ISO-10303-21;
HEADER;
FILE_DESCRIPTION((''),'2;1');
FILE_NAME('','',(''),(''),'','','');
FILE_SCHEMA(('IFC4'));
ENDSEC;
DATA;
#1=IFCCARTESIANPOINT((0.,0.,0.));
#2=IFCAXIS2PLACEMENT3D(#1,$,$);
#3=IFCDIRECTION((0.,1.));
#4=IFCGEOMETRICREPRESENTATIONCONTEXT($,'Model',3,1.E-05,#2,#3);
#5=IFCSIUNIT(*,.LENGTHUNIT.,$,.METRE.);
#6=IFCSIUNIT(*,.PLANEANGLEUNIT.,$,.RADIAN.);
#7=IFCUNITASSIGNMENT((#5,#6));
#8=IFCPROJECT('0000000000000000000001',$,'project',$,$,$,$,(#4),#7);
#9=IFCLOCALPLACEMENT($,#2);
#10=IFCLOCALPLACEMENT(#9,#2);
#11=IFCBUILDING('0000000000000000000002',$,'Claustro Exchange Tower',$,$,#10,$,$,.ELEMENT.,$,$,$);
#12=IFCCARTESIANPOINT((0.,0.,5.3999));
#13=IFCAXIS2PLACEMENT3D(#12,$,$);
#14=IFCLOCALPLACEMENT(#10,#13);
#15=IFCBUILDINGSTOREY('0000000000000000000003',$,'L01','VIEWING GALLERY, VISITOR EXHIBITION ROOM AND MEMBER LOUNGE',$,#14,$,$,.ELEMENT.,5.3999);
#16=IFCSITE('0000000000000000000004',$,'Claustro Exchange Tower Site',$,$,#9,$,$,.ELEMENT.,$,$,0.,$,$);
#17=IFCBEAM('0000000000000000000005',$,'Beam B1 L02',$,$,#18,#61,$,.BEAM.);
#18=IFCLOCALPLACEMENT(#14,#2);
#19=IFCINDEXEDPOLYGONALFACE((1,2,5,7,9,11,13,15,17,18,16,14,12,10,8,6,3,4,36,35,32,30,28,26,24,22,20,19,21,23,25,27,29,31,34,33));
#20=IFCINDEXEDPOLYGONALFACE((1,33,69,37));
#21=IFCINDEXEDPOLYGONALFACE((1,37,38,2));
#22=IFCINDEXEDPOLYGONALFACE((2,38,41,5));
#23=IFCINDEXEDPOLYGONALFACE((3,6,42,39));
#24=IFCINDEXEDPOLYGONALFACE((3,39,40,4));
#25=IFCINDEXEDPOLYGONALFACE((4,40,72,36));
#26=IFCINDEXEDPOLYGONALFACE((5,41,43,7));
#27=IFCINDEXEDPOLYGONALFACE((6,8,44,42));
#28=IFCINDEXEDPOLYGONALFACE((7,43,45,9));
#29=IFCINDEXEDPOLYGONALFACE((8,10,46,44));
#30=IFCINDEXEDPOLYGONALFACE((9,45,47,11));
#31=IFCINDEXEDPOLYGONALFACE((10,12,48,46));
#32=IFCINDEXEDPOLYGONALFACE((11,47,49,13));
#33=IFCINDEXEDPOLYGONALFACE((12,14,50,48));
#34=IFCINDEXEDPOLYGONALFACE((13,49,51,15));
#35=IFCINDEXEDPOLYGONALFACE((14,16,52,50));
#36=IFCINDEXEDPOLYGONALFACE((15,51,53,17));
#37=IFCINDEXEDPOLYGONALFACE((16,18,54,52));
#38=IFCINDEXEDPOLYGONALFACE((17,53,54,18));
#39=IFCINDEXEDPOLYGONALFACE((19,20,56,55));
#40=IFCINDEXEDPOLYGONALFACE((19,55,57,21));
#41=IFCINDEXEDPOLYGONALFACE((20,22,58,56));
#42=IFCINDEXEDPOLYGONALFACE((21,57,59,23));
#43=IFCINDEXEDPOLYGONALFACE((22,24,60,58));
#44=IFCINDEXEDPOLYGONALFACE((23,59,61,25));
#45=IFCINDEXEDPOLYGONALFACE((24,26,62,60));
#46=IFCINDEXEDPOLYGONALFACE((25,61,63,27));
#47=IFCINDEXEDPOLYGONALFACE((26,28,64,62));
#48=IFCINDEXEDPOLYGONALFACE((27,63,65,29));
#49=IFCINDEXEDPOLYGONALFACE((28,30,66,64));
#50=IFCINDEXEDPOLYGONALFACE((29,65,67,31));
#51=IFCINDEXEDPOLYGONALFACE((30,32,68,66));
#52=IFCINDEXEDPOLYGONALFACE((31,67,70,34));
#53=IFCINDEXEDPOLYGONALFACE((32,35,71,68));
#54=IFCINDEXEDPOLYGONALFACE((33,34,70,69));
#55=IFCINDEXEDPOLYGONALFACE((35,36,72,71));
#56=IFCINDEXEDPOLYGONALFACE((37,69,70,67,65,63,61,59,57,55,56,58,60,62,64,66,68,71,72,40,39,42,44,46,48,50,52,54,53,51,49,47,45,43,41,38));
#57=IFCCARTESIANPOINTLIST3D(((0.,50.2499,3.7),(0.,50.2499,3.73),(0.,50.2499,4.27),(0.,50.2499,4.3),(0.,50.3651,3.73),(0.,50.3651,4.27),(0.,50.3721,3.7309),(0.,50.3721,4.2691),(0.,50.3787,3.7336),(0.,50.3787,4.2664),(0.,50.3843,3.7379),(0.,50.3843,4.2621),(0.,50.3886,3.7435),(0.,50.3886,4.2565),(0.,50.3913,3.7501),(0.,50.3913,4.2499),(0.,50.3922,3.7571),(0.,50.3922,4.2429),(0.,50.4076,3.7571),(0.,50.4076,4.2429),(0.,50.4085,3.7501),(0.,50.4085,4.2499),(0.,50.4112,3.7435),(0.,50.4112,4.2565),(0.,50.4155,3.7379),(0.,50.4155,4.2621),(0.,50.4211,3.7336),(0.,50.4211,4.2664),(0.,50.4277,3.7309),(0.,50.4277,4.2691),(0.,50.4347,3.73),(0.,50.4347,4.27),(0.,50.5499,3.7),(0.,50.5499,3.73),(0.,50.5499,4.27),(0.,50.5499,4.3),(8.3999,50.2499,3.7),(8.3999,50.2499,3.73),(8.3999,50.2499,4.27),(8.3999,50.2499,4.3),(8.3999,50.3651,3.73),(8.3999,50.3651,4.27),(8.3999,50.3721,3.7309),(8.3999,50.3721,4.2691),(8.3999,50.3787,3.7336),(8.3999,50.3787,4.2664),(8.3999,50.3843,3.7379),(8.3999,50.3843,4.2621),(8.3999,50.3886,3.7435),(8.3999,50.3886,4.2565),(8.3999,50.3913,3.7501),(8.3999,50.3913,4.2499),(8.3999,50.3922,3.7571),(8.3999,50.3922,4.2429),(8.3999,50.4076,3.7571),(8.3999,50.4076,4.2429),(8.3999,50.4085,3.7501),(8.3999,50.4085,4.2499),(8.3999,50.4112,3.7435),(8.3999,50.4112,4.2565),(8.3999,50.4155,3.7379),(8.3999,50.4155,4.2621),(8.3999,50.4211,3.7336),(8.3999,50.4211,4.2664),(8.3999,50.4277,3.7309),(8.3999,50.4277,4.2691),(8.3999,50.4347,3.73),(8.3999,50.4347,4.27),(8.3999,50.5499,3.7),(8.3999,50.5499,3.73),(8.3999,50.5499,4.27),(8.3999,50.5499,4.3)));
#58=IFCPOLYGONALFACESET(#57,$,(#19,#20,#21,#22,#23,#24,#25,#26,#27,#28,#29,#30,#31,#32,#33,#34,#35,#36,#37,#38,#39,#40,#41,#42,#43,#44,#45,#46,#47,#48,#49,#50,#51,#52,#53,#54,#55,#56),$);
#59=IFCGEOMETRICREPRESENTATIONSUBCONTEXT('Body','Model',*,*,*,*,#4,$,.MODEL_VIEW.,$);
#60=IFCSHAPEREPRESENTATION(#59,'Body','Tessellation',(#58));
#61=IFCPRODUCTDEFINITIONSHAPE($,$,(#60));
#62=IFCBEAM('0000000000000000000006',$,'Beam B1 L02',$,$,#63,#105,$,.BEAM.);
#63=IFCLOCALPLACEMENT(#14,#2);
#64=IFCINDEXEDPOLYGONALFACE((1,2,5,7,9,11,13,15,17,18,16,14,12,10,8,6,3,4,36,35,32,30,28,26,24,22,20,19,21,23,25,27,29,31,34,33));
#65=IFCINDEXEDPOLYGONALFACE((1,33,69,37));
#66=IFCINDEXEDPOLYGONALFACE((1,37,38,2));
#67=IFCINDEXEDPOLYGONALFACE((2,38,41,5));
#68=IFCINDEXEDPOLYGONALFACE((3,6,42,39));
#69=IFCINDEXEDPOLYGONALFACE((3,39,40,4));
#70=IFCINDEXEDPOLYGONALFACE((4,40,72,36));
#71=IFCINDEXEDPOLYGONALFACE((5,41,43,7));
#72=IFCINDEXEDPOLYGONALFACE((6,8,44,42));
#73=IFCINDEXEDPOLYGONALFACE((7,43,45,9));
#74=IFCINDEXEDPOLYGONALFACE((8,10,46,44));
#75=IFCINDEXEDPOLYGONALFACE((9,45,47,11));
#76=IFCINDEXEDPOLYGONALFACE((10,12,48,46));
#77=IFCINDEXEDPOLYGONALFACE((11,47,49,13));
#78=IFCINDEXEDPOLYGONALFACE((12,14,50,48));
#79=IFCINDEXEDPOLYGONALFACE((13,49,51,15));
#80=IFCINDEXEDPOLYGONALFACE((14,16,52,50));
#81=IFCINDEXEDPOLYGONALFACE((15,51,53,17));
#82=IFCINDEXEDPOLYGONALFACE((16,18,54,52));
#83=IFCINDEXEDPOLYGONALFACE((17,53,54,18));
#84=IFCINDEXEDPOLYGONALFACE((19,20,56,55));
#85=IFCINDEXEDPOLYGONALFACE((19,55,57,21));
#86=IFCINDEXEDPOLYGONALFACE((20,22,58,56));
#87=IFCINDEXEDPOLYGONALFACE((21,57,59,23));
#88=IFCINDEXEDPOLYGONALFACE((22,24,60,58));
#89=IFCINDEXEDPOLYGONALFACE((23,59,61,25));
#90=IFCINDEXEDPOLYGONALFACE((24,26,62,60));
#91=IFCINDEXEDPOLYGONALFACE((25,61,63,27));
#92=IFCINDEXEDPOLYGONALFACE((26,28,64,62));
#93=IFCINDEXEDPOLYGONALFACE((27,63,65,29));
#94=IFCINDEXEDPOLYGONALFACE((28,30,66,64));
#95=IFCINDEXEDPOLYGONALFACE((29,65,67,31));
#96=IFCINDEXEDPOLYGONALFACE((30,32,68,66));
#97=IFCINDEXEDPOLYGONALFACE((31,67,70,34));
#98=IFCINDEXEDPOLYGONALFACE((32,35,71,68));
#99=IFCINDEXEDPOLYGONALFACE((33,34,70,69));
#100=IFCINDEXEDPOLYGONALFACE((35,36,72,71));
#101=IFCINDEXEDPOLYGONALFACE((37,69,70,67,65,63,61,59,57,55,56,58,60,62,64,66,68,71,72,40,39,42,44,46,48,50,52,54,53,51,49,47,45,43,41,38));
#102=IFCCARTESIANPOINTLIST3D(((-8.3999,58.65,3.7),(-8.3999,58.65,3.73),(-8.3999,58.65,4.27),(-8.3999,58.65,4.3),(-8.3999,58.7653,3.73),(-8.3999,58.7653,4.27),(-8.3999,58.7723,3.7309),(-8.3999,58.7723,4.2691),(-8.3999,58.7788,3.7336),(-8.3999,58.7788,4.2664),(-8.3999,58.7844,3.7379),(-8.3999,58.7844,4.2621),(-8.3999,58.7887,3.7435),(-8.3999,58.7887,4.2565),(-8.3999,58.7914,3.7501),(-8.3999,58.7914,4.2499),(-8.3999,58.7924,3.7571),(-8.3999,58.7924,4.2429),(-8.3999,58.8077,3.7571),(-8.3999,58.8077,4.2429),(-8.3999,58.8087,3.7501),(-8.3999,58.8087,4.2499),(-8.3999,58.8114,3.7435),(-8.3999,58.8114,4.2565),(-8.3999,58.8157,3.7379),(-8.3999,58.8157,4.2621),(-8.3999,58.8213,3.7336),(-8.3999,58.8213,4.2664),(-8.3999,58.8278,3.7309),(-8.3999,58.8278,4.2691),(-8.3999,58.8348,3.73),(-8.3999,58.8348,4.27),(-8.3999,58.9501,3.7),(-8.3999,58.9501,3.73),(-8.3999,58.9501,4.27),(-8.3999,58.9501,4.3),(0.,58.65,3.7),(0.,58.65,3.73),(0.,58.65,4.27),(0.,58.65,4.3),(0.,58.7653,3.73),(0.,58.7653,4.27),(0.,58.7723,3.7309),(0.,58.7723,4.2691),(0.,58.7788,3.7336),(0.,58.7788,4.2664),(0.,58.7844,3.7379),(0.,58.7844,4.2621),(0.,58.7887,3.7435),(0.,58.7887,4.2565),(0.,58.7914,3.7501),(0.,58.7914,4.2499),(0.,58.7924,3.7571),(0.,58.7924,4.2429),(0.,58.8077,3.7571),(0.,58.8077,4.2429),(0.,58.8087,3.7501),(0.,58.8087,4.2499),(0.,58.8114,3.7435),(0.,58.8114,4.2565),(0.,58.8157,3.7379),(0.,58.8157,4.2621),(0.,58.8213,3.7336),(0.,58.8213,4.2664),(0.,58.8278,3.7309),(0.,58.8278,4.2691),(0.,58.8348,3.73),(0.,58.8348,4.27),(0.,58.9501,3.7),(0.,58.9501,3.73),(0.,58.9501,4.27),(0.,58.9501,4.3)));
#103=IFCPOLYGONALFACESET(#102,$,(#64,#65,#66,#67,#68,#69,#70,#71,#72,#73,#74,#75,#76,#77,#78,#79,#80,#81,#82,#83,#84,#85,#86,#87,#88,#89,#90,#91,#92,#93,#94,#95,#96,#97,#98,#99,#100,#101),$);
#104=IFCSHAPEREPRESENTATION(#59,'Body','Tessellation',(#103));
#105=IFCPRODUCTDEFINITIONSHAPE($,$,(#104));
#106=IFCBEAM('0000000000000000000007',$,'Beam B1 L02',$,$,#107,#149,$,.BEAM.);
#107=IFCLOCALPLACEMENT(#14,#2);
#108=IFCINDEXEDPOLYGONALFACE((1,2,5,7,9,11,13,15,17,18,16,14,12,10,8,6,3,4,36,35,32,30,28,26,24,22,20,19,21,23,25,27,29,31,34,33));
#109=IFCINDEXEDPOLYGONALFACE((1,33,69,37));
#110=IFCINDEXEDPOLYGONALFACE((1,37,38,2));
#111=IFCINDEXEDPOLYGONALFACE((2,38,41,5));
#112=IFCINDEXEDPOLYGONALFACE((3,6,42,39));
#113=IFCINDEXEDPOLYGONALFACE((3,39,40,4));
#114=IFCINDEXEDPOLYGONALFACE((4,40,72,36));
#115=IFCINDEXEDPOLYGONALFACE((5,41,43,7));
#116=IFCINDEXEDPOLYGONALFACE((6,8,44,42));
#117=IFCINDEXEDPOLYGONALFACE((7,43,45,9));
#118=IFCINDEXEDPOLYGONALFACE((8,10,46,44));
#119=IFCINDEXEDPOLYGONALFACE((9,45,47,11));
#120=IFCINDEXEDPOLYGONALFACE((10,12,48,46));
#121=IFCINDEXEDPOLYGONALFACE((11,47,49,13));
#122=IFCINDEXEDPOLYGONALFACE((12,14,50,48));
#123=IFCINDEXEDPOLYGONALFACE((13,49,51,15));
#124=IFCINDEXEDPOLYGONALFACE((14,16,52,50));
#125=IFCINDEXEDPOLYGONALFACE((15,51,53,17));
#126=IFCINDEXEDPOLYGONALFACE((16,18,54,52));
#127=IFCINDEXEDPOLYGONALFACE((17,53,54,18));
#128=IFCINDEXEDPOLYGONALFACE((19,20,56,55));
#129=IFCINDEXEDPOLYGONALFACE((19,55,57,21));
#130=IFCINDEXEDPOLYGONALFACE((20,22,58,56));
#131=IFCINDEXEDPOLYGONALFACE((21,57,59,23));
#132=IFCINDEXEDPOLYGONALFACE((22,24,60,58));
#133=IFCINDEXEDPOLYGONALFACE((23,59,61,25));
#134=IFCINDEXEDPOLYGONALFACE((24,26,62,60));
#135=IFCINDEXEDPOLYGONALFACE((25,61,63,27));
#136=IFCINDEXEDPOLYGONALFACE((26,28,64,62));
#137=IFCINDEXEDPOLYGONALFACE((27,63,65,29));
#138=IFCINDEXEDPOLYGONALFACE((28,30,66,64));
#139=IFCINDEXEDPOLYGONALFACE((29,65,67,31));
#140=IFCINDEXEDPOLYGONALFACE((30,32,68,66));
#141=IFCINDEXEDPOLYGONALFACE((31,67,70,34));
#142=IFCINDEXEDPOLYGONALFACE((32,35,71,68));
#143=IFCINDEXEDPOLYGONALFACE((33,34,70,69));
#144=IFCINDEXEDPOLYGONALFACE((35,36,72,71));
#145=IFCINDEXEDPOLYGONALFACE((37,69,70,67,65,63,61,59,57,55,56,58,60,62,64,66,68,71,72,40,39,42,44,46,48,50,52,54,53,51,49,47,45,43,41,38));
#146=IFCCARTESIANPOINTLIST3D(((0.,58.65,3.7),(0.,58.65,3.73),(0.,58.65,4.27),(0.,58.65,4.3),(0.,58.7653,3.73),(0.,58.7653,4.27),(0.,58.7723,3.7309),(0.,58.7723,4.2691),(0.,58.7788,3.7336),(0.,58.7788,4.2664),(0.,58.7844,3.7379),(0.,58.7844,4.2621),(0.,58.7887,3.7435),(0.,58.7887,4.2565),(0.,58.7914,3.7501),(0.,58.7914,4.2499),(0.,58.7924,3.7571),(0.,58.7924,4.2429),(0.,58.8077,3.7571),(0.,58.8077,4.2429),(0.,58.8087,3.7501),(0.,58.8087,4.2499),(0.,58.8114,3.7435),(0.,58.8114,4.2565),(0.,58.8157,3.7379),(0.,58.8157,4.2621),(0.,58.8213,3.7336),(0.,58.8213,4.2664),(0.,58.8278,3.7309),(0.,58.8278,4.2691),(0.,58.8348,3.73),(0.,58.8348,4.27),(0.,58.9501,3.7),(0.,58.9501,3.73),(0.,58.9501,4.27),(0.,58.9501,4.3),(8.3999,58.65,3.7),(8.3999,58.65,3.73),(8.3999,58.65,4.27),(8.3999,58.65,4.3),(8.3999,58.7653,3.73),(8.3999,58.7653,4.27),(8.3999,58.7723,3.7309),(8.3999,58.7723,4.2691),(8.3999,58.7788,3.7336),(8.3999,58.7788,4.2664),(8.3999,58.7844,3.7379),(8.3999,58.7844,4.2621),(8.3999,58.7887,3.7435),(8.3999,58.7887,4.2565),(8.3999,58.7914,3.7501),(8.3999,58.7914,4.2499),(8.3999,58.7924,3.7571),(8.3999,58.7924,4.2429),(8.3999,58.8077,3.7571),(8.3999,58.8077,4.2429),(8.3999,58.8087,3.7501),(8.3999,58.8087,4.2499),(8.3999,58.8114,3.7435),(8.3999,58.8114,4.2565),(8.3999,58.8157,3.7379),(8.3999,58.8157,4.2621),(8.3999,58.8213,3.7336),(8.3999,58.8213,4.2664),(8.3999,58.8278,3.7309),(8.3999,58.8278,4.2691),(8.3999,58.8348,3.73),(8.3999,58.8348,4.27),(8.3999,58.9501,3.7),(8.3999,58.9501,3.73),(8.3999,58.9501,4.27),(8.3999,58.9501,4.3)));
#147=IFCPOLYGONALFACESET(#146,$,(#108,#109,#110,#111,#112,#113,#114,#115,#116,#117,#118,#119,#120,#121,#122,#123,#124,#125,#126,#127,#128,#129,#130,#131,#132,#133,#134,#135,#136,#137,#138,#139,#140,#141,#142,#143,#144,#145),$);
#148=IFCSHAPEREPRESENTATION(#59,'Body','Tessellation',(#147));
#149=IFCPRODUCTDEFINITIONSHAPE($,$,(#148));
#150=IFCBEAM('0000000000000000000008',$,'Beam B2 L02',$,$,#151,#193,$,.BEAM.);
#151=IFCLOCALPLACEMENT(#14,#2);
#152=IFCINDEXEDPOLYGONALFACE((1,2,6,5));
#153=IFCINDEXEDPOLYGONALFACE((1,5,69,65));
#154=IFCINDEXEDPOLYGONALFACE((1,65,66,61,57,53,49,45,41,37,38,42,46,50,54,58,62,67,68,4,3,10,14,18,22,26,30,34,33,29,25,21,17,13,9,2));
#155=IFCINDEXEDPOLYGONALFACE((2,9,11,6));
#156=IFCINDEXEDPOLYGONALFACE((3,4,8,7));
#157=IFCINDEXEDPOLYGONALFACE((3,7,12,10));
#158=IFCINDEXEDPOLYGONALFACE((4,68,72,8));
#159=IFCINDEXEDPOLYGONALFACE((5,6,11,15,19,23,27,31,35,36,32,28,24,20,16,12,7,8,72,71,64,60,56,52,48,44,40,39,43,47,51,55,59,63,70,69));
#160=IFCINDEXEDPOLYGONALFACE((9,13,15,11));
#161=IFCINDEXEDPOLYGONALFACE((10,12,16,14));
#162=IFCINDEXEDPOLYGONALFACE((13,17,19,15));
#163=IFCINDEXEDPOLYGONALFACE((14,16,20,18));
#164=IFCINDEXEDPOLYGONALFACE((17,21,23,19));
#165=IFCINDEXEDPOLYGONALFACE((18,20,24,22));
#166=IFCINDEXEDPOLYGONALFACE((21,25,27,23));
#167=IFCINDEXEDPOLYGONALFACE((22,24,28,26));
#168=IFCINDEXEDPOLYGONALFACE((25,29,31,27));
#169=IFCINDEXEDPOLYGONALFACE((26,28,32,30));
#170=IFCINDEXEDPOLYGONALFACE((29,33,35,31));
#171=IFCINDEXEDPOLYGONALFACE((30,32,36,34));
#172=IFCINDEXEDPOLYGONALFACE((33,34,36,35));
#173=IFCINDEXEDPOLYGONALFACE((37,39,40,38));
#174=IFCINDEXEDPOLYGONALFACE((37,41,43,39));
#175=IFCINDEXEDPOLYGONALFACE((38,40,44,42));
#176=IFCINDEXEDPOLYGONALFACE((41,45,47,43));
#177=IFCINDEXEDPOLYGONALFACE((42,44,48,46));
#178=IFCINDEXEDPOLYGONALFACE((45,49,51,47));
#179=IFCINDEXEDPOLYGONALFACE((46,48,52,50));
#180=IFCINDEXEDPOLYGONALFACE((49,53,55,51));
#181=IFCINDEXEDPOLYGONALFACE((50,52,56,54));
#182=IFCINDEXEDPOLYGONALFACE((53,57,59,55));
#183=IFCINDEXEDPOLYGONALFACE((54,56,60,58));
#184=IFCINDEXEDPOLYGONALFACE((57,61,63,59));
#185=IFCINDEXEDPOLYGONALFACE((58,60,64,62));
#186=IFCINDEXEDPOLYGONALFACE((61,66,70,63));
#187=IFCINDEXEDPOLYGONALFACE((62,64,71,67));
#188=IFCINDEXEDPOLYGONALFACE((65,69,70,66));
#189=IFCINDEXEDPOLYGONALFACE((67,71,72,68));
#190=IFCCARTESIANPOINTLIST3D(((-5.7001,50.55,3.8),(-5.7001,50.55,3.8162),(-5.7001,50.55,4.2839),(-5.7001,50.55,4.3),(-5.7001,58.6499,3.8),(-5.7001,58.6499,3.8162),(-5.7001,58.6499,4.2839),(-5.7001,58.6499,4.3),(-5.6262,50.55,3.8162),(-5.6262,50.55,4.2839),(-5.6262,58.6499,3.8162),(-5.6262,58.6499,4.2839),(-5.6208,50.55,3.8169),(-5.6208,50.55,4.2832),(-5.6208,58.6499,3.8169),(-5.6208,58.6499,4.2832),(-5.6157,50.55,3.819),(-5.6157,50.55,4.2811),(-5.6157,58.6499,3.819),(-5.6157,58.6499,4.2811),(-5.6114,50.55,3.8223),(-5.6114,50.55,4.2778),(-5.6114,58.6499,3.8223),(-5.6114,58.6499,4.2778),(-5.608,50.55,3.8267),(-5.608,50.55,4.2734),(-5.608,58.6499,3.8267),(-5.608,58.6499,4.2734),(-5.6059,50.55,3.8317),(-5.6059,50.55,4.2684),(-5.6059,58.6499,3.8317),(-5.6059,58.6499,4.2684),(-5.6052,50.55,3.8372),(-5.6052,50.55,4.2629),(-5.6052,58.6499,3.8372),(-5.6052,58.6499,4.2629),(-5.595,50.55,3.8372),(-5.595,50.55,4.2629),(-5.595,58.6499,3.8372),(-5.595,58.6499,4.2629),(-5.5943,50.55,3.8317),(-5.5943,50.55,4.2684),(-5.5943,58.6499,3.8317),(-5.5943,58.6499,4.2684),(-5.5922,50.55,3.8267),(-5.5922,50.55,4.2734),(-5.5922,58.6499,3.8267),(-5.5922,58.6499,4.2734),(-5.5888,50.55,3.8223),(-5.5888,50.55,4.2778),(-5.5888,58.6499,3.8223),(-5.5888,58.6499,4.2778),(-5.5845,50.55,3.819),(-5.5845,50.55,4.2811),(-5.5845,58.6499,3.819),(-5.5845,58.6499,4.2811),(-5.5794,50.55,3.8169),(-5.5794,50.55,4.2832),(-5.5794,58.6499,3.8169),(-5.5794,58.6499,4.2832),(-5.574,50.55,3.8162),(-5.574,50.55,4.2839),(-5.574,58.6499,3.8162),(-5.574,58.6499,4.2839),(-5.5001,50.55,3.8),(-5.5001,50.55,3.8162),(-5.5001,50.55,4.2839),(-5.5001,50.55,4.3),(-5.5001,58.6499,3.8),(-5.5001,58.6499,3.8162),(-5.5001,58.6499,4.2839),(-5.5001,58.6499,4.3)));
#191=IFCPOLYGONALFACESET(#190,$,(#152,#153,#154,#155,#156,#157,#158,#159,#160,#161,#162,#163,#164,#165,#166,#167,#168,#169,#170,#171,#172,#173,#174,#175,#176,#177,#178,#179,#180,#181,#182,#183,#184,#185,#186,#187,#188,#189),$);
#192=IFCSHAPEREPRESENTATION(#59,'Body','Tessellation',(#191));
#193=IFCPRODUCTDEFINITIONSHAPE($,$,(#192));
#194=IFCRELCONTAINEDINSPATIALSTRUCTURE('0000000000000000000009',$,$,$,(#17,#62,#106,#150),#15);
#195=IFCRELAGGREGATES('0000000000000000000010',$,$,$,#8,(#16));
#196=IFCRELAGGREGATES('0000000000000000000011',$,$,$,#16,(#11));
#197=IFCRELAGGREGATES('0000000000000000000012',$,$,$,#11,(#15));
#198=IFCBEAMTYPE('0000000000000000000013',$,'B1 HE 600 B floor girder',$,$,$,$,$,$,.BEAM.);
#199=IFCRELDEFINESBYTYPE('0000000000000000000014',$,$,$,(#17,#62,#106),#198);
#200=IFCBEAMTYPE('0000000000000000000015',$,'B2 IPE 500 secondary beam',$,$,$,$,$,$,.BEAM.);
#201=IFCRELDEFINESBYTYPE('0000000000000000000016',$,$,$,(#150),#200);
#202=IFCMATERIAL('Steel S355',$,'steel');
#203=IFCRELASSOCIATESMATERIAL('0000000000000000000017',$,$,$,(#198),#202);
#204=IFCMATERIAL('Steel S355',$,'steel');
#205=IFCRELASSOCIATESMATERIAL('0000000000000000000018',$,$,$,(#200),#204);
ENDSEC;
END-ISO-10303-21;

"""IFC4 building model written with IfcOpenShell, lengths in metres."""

from ifc_helpers import new_model, si_unit, direction, frame, origin, origin_2d, place, context, subcontext, project, spatial, i_section, extrude, material, material_profile, profile_set, type_object, element, save


model = new_model("IFC4")

# Units and contexts
model_context = context("Model", 3, precision=1e-05, world=origin(), true_north=direction((0.0, 1.0)))
body_context = subcontext(model_context, "Body", "Model", "MODEL_VIEW")
ifc_project = project(units=[si_unit("LENGTHUNIT", "METRE"), si_unit("PLANEANGLEUNIT", "RADIAN")], contexts=[model_context])

# Site, building, storey
site_placement = place(None, origin())
site = spatial("IfcSite", under=ifc_project, at=site_placement, Name="Claustro Exchange Tower Site", CompositionType="ELEMENT", RefElevation=0.0)
building_placement = place(site_placement, origin())
building = spatial("IfcBuilding", under=site, at=building_placement, Name="Claustro Exchange Tower", CompositionType="ELEMENT")
storey_placement = place(building_placement, frame((0.0, 0.0, 5.3999)))
storey = spatial("IfcBuildingStorey", under=building, at=storey_placement, Name="L01", Description="VIEWING GALLERY, VISITOR EXHIBITION ROOM AND MEMBER LOUNGE", CompositionType="ELEMENT", Elevation=5.3999)

# Beams
ifc_material_1 = material(Name="Steel S355", Category="steel")
ifc_material_profile_1 = material_profile(ifc_material_1, i_section(OverallWidth=0.3, OverallDepth=0.6001, WebThickness=0.0154, FlangeThickness=0.03, FilletRadius=0.0271, at=origin_2d()), Name="HE 600 B")
ifc_profile_set_1 = profile_set([ifc_material_profile_1], Name="Steel S355")
beam_type_1 = type_object("IfcBeamType", Name="B1 HE 600 B floor girder", PredefinedType="BEAM", material=ifc_profile_set_1)
for number, where, z_axis, x_axis, name in (
    (1, (0.0, 50.3999, 4.0), (1.0, 0.0, 0.0), (0.0, 1.0, 0.0), "Beam B1 L02"),
    (2, (-8.3999, 58.8, 4.0), (1.0, 0.0, 0.0), (0.0, 1.0, 0.0), "Beam B1 L02"),
    (3, (0.0, 58.8, 4.0), (1.0, 0.0, 0.0), (0.0, 1.0, 0.0), "Beam B1 L02"),
):
    element("IfcBeam", number, at=place(storey_placement, frame(where, z_axis=z_axis, x_axis=x_axis)), inside=storey, type_object=beam_type_1, Name=name, PredefinedType="BEAM", context=body_context, shape_type="SweptSolid", body=[
        extrude(i_section(OverallWidth=0.3, OverallDepth=0.6001, WebThickness=0.0154, FlangeThickness=0.03, FilletRadius=0.0271, at=origin_2d()), origin(), (0.0, 0.0, 1.0), 8.3999),
    ])
ifc_material_2 = material(Name="Steel S355", Category="steel")
ifc_material_profile_2 = material_profile(ifc_material_2, i_section(OverallWidth=0.2, OverallDepth=0.5, WebThickness=0.0103, FlangeThickness=0.0161, FilletRadius=0.021, at=origin_2d()), Name="IPE 500")
ifc_profile_set_2 = profile_set([ifc_material_profile_2], Name="Steel S355")
beam_type_2 = type_object("IfcBeamType", Name="B2 IPE 500 secondary beam", PredefinedType="BEAM", material=ifc_profile_set_2)
for number, where, z_axis, x_axis, name in (
    (4, (-5.6001, 50.55, 4.05), (0.0, 1.0, 0.0), (-1.0, 0.0, 0.0), "Beam B2 L02"),
):
    element("IfcBeam", number, at=place(storey_placement, frame(where, z_axis=z_axis, x_axis=x_axis)), inside=storey, type_object=beam_type_2, Name=name, PredefinedType="BEAM", context=body_context, shape_type="SweptSolid", body=[
        extrude(i_section(OverallWidth=0.2, OverallDepth=0.5, WebThickness=0.0103, FlangeThickness=0.0161, FilletRadius=0.021, at=origin_2d()), origin(), (0.0, 0.0, 1.0), 8.0999),
    ])

save(model, "model.ifc")
